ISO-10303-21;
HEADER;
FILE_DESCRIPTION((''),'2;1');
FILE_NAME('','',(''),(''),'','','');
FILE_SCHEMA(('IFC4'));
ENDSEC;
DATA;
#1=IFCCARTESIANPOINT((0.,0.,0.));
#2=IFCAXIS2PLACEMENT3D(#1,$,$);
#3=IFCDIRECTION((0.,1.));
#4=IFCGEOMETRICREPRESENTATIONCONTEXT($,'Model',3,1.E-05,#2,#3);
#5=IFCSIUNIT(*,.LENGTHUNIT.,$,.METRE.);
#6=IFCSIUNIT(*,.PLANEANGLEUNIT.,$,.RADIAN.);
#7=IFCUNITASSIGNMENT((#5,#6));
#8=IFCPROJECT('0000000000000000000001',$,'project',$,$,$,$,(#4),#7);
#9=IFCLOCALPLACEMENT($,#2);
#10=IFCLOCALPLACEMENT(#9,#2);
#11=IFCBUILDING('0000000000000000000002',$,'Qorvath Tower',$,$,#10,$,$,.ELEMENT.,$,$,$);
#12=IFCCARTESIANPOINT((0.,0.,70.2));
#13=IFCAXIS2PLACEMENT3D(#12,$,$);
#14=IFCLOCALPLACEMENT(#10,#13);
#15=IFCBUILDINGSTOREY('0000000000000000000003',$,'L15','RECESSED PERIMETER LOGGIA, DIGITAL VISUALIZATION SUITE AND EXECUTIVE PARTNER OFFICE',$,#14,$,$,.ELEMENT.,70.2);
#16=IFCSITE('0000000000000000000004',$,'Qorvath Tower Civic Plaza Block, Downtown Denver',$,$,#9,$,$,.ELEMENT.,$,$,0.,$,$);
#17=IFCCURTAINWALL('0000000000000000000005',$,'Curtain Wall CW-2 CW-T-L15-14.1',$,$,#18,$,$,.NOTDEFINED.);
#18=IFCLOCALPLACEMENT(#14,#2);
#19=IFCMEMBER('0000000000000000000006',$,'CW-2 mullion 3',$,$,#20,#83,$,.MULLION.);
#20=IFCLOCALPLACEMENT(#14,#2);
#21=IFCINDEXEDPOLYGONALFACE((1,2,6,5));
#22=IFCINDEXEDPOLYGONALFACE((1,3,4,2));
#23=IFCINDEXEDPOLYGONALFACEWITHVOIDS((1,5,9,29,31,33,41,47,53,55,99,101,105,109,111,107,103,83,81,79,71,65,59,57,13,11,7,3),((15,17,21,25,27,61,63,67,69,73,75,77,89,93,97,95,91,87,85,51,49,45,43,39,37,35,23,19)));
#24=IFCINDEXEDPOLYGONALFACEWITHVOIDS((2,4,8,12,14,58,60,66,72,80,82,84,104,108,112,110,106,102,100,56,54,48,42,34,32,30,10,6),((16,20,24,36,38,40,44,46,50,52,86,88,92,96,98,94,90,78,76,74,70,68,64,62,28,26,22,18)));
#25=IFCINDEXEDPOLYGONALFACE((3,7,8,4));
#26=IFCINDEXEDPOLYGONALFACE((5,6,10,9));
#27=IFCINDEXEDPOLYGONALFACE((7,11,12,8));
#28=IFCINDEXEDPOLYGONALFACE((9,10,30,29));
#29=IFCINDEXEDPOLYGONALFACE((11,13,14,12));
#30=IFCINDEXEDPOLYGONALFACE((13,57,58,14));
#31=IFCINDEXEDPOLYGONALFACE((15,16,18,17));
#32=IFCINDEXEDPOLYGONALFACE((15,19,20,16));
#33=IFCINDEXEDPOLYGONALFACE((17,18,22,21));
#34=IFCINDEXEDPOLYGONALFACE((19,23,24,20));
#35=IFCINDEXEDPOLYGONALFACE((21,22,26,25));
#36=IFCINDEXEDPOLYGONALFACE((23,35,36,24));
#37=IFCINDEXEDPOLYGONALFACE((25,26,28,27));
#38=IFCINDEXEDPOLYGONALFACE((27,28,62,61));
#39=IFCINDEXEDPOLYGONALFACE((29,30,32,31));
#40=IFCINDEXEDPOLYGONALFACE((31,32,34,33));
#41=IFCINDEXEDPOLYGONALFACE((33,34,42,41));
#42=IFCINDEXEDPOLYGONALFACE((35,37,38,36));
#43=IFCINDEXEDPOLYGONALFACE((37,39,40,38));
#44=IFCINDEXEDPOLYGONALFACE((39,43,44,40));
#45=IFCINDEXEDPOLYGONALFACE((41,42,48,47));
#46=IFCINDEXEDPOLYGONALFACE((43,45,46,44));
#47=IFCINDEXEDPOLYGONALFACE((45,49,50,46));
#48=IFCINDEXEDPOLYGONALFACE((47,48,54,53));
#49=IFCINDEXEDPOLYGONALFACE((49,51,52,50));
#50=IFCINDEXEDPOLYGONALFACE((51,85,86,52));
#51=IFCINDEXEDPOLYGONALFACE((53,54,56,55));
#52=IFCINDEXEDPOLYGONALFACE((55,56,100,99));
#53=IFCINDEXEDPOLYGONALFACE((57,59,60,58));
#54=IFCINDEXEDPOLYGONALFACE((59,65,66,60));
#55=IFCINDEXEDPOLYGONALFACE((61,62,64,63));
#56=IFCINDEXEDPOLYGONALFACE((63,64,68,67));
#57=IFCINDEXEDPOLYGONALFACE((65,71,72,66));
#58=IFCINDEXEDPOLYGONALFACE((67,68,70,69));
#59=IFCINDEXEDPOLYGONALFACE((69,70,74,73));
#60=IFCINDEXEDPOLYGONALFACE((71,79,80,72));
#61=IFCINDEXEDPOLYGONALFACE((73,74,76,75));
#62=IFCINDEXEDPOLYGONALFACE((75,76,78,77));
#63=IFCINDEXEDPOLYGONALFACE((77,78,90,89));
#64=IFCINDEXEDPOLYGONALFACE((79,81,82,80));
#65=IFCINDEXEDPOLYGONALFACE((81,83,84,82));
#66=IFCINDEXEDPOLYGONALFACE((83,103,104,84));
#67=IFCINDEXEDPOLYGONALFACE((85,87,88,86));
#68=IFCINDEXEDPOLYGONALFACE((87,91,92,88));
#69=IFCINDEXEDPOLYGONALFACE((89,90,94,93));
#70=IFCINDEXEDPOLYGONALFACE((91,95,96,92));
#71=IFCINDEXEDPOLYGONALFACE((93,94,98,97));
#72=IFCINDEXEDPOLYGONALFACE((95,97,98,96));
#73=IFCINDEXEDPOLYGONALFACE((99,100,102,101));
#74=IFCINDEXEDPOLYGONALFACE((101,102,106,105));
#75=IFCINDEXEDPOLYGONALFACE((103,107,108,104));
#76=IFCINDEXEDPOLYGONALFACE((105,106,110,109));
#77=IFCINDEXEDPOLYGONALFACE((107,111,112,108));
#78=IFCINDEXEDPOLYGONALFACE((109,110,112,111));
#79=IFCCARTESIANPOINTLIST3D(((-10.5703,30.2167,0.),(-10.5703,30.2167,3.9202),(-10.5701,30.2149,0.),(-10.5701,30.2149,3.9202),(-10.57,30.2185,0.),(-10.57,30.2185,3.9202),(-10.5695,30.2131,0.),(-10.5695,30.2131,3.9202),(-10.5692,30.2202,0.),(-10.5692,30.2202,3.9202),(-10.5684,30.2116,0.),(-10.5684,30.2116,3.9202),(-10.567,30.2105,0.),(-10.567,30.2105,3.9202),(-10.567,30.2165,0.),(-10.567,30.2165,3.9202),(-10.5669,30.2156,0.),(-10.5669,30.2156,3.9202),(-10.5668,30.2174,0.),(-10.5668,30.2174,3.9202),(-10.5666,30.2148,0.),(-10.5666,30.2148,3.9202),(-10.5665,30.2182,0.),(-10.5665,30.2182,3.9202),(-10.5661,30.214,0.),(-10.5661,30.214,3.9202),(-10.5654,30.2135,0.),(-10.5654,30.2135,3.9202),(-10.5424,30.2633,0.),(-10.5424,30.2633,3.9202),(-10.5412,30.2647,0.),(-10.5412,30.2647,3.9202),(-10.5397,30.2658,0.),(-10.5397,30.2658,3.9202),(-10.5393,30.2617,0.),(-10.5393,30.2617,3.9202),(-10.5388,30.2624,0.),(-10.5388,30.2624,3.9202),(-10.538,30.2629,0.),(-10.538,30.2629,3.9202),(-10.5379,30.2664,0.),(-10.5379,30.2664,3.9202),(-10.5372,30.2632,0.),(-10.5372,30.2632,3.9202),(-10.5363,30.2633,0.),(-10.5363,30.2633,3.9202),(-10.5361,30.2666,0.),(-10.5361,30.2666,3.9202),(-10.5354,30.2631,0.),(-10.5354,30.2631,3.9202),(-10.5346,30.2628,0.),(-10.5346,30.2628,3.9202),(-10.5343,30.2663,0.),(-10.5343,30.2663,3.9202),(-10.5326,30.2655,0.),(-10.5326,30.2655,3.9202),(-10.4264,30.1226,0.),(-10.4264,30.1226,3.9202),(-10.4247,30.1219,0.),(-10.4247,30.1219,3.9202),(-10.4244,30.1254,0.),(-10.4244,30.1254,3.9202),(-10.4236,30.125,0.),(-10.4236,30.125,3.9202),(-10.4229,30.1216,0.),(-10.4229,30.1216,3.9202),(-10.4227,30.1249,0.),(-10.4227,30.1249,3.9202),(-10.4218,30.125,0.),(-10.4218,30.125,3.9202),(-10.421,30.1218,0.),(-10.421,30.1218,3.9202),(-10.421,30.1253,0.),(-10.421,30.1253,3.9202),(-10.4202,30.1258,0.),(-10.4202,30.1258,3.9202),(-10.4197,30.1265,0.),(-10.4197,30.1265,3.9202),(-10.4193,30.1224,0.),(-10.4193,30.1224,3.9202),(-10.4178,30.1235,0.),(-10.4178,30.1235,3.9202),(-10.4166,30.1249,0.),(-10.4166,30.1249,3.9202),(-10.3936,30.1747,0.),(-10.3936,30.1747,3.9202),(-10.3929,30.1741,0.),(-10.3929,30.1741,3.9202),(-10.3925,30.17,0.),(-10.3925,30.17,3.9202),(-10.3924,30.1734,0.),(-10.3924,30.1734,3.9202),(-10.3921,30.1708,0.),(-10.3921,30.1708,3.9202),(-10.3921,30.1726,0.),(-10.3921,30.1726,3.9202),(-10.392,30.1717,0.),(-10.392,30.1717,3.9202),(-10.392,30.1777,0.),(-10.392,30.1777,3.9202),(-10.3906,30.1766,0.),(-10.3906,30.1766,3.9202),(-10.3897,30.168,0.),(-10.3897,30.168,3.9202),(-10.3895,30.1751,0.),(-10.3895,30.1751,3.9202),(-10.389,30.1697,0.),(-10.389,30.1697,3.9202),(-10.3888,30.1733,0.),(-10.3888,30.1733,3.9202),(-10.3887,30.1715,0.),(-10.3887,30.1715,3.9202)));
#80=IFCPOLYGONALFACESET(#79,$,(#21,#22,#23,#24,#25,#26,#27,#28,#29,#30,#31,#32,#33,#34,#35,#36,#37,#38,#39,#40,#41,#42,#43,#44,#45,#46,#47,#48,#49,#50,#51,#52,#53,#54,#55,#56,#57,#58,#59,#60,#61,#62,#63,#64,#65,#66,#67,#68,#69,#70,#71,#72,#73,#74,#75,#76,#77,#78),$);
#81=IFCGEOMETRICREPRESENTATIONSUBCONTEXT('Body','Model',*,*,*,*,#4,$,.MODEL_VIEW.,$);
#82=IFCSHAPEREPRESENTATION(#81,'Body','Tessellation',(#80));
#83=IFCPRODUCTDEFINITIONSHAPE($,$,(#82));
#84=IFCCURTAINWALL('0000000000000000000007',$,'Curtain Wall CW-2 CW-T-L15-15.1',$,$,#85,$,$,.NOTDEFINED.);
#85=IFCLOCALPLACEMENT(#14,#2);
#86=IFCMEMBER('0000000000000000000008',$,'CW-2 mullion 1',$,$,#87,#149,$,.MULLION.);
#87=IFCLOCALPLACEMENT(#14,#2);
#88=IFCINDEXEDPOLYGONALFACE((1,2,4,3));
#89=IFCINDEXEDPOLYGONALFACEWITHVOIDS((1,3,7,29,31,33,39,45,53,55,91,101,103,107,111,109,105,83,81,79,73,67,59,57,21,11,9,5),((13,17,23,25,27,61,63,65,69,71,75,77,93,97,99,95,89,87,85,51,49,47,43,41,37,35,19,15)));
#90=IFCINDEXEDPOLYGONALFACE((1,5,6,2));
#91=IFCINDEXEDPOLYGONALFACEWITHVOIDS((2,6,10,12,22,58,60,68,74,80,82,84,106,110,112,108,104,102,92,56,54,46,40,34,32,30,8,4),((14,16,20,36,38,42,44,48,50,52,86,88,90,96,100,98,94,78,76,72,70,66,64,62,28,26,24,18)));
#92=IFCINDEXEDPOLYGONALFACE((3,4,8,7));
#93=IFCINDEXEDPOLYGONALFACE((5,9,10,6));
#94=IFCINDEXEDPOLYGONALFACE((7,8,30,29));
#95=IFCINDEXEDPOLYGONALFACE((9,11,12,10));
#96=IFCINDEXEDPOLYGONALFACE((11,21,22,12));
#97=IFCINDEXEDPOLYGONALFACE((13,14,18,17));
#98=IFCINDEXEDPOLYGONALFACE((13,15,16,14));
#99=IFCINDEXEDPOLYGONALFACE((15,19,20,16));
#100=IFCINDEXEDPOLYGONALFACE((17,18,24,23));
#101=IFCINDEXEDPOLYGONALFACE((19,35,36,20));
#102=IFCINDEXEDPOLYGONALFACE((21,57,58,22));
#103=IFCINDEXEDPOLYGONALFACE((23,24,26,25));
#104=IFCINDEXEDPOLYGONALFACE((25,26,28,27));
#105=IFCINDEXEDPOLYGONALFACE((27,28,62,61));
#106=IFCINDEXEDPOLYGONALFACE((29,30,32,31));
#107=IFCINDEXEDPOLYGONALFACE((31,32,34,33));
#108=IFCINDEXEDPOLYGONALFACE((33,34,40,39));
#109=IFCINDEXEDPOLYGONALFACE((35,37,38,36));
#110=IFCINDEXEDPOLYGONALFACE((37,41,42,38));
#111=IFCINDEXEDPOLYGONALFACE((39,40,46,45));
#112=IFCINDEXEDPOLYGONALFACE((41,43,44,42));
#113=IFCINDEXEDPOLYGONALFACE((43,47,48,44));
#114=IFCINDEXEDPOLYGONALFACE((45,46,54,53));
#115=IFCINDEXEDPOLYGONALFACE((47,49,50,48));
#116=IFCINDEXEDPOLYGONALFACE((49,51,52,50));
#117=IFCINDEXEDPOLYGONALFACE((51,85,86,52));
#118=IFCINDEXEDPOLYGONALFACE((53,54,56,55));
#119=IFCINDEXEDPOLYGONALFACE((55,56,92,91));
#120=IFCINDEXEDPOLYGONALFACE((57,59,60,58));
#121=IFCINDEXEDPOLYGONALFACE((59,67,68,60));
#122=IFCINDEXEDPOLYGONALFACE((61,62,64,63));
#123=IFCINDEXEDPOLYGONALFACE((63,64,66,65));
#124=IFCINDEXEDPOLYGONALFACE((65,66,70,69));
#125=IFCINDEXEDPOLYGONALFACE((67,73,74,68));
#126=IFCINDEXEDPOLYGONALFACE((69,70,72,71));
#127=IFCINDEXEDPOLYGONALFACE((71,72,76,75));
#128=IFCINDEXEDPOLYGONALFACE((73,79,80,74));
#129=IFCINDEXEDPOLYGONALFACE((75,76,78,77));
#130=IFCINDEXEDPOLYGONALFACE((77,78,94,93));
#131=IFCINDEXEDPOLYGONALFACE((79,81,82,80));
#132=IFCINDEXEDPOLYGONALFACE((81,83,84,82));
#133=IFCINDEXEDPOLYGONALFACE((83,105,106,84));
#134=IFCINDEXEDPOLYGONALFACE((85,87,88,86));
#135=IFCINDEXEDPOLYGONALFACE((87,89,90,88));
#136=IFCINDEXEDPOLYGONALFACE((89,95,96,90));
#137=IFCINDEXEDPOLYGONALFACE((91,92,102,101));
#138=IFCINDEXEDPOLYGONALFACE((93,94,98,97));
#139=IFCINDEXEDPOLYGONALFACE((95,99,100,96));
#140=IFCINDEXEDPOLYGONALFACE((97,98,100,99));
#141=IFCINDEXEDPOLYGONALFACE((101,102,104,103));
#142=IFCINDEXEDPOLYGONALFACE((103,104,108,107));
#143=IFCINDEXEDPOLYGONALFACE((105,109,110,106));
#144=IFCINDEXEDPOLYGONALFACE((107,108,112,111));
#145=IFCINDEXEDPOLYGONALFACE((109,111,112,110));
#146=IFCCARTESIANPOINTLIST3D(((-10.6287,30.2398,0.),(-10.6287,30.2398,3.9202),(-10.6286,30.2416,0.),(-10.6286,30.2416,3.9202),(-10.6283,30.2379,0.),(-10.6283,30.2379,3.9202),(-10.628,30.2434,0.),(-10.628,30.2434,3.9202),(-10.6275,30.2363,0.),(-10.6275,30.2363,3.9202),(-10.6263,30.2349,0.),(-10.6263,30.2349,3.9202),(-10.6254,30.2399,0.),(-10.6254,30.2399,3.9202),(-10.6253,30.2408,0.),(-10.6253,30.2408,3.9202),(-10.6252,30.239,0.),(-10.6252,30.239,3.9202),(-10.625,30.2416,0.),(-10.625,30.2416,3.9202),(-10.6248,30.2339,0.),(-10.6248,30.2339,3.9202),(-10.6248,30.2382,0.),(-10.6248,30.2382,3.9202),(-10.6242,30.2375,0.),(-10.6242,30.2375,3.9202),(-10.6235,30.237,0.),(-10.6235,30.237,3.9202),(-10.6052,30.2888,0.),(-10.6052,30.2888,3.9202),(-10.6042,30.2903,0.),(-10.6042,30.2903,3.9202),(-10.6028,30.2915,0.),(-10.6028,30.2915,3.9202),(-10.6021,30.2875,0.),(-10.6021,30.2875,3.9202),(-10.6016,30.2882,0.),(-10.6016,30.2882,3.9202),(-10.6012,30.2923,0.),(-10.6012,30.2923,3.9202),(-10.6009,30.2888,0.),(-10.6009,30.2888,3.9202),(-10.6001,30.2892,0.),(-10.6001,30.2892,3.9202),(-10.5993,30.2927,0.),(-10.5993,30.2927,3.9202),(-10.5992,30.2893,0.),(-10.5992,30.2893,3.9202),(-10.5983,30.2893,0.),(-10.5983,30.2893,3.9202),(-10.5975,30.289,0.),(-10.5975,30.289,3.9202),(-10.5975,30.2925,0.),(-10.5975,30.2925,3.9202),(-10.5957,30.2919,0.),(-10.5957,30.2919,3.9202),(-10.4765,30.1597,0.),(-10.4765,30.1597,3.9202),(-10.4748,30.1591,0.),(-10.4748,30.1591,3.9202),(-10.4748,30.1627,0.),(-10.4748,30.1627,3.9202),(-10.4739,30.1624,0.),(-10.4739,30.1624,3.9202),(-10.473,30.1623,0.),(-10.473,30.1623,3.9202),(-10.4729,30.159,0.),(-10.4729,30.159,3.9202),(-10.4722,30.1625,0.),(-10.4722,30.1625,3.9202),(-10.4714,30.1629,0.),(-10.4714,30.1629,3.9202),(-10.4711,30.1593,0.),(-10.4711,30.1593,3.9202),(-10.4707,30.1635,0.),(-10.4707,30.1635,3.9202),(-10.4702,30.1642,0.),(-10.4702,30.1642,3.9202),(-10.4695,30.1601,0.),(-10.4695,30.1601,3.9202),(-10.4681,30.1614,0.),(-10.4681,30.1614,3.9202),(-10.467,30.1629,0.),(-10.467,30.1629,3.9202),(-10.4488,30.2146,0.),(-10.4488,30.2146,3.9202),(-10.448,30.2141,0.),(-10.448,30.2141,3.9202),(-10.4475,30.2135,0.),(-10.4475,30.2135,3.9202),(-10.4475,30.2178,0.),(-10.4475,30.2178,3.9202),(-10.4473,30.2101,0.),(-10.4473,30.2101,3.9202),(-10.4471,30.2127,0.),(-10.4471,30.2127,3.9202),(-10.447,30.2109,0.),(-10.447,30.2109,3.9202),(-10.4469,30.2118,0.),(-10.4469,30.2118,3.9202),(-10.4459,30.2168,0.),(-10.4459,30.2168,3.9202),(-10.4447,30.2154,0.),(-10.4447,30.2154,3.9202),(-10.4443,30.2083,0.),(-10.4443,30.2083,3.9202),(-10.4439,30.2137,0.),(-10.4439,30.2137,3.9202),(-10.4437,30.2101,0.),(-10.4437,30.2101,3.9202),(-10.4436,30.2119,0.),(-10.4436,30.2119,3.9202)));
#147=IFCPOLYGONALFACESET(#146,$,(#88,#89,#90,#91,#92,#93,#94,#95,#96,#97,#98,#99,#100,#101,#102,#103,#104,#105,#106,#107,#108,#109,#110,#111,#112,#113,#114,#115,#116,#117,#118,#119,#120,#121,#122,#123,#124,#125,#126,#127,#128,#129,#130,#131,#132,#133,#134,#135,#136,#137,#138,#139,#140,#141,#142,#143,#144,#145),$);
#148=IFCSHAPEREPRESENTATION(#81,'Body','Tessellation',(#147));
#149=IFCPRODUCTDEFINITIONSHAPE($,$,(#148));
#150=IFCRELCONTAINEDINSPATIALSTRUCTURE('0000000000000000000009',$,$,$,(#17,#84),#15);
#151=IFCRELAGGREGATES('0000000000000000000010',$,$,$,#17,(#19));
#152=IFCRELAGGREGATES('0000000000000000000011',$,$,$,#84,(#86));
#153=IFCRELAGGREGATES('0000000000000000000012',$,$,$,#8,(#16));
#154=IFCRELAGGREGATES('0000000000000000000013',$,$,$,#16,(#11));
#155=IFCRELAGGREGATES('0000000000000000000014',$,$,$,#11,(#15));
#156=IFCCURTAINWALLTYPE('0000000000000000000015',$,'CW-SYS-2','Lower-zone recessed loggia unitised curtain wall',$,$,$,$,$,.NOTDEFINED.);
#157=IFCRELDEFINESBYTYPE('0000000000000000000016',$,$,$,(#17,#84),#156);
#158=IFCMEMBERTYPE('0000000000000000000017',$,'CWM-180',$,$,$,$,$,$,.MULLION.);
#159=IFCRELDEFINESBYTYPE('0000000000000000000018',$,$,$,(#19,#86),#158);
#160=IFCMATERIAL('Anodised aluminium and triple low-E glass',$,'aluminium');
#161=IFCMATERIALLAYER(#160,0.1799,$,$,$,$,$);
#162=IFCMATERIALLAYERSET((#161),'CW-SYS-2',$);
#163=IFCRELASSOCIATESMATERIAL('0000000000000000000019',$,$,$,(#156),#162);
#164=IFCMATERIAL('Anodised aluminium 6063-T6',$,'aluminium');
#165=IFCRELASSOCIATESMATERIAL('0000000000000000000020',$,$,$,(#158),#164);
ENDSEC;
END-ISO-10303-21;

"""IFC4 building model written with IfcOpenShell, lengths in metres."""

from ifc_helpers import new_model, si_unit, direction, frame, origin, origin_2d, place, context, subcontext, project, spatial, hollow_rectangle, extrude, material, layer, layer_set, material_profile, profile_set, type_object, element, aggregate, save


model = new_model("IFC4")

# Units and contexts
model_context = context("Model", 3, precision=1e-05, world=origin(), true_north=direction((0.0, 1.0)))
body_context = subcontext(model_context, "Body", "Model", "MODEL_VIEW")
ifc_project = project(units=[si_unit("LENGTHUNIT", "METRE"), si_unit("PLANEANGLEUNIT", "RADIAN")], contexts=[model_context])

# Site, building, storey
site_placement = place(None, origin())
site = spatial("IfcSite", under=ifc_project, at=site_placement, Name="Qorvath Tower Civic Plaza Block, Downtown Denver", CompositionType="ELEMENT", RefElevation=0.0)
building_placement = place(site_placement, origin())
building = spatial("IfcBuilding", under=site, at=building_placement, Name="Qorvath Tower", CompositionType="ELEMENT")
storey_placement = place(building_placement, frame((0.0, 0.0, 70.2)))
storey = spatial("IfcBuildingStorey", under=building, at=storey_placement, Name="L15", Description="RECESSED PERIMETER LOGGIA, DIGITAL VISUALIZATION SUITE AND EXECUTIVE PARTNER OFFICE", CompositionType="ELEMENT", Elevation=70.2)

# Shared definitions
ifc_material_1 = material(Name="Anodised aluminium and triple low-E glass", Category="aluminium")
ifc_layer_1 = layer(ifc_material_1, 0.1799)
ifc_layer_set_1 = layer_set([ifc_layer_1], Name="CW-SYS-2")
curtain_wall_type = type_object("IfcCurtainWallType", Name="CW-SYS-2", Description="Lower-zone recessed loggia unitised curtain wall", PredefinedType="NOTDEFINED", material=ifc_layer_set_1)
ifc_material_2 = material(Name="Anodised aluminium 6063-T6", Category="aluminium")
ifc_material_profile_1 = material_profile(ifc_material_2, hollow_rectangle(XDim=0.0649, YDim=0.1799, WallThickness=0.0034, InnerFilletRadius=0.0034, OuterFilletRadius=0.0071, at=origin_2d()), Name="CWM 180x65")
ifc_profile_set_1 = profile_set([ifc_material_profile_1], Name="Anodised aluminium 6063-T6")
member_type_1 = type_object("IfcMemberType", Name="CWM-180", PredefinedType="MULLION", material=ifc_profile_set_1)

# Curtain walls, members
curtain_wall_1_placement = place(storey_placement, origin())
curtain_wall_1 = element("IfcCurtainWall", 1, at=curtain_wall_1_placement, inside=storey, type_object=curtain_wall_type, Name="Curtain Wall CW-2 CW-T-L15-14.1", PredefinedType="NOTDEFINED")
member_1_placement = place(storey_placement, frame((-10.4795, 30.1941, 0.0), z_axis=(0.0, 0.0, 1.0), x_axis=(-0.529686, -0.848194, 0.0)))
member_1 = element("IfcMember", 2, at=member_1_placement, type_object=member_type_1, Name="CW-2 mullion 3", PredefinedType="MULLION", context=body_context, shape_type="SweptSolid", body=[
    extrude(hollow_rectangle(XDim=0.0649, YDim=0.1799, WallThickness=0.0034, InnerFilletRadius=0.0034, OuterFilletRadius=0.0071, at=origin_2d()), origin(), (0.0, 0.0, 1.0), 3.9202),
])
curtain_wall_2_placement = place(storey_placement, origin())
curtain_wall_2 = element("IfcCurtainWall", 3, at=curtain_wall_2_placement, inside=storey, type_object=curtain_wall_type, Name="Curtain Wall CW-2 CW-T-L15-15.1", PredefinedType="NOTDEFINED")
member_2_placement = place(storey_placement, frame((-10.5361, 30.2258, 0.0), z_axis=(0.0, 0.0, 1.0), x_axis=(-0.447221, -0.894423, 0.0)))
member_2 = element("IfcMember", 4, at=member_2_placement, type_object=member_type_1, Name="CW-2 mullion 1", PredefinedType="MULLION", context=body_context, shape_type="SweptSolid", body=[
    extrude(hollow_rectangle(XDim=0.0649, YDim=0.1799, WallThickness=0.0034, InnerFilletRadius=0.0034, OuterFilletRadius=0.0071, at=origin_2d()), origin(), (0.0, 0.0, 1.0), 3.9202),
])

aggregate(curtain_wall_1, [member_1])
aggregate(curtain_wall_2, [member_2])

save(model, "model.ifc")
